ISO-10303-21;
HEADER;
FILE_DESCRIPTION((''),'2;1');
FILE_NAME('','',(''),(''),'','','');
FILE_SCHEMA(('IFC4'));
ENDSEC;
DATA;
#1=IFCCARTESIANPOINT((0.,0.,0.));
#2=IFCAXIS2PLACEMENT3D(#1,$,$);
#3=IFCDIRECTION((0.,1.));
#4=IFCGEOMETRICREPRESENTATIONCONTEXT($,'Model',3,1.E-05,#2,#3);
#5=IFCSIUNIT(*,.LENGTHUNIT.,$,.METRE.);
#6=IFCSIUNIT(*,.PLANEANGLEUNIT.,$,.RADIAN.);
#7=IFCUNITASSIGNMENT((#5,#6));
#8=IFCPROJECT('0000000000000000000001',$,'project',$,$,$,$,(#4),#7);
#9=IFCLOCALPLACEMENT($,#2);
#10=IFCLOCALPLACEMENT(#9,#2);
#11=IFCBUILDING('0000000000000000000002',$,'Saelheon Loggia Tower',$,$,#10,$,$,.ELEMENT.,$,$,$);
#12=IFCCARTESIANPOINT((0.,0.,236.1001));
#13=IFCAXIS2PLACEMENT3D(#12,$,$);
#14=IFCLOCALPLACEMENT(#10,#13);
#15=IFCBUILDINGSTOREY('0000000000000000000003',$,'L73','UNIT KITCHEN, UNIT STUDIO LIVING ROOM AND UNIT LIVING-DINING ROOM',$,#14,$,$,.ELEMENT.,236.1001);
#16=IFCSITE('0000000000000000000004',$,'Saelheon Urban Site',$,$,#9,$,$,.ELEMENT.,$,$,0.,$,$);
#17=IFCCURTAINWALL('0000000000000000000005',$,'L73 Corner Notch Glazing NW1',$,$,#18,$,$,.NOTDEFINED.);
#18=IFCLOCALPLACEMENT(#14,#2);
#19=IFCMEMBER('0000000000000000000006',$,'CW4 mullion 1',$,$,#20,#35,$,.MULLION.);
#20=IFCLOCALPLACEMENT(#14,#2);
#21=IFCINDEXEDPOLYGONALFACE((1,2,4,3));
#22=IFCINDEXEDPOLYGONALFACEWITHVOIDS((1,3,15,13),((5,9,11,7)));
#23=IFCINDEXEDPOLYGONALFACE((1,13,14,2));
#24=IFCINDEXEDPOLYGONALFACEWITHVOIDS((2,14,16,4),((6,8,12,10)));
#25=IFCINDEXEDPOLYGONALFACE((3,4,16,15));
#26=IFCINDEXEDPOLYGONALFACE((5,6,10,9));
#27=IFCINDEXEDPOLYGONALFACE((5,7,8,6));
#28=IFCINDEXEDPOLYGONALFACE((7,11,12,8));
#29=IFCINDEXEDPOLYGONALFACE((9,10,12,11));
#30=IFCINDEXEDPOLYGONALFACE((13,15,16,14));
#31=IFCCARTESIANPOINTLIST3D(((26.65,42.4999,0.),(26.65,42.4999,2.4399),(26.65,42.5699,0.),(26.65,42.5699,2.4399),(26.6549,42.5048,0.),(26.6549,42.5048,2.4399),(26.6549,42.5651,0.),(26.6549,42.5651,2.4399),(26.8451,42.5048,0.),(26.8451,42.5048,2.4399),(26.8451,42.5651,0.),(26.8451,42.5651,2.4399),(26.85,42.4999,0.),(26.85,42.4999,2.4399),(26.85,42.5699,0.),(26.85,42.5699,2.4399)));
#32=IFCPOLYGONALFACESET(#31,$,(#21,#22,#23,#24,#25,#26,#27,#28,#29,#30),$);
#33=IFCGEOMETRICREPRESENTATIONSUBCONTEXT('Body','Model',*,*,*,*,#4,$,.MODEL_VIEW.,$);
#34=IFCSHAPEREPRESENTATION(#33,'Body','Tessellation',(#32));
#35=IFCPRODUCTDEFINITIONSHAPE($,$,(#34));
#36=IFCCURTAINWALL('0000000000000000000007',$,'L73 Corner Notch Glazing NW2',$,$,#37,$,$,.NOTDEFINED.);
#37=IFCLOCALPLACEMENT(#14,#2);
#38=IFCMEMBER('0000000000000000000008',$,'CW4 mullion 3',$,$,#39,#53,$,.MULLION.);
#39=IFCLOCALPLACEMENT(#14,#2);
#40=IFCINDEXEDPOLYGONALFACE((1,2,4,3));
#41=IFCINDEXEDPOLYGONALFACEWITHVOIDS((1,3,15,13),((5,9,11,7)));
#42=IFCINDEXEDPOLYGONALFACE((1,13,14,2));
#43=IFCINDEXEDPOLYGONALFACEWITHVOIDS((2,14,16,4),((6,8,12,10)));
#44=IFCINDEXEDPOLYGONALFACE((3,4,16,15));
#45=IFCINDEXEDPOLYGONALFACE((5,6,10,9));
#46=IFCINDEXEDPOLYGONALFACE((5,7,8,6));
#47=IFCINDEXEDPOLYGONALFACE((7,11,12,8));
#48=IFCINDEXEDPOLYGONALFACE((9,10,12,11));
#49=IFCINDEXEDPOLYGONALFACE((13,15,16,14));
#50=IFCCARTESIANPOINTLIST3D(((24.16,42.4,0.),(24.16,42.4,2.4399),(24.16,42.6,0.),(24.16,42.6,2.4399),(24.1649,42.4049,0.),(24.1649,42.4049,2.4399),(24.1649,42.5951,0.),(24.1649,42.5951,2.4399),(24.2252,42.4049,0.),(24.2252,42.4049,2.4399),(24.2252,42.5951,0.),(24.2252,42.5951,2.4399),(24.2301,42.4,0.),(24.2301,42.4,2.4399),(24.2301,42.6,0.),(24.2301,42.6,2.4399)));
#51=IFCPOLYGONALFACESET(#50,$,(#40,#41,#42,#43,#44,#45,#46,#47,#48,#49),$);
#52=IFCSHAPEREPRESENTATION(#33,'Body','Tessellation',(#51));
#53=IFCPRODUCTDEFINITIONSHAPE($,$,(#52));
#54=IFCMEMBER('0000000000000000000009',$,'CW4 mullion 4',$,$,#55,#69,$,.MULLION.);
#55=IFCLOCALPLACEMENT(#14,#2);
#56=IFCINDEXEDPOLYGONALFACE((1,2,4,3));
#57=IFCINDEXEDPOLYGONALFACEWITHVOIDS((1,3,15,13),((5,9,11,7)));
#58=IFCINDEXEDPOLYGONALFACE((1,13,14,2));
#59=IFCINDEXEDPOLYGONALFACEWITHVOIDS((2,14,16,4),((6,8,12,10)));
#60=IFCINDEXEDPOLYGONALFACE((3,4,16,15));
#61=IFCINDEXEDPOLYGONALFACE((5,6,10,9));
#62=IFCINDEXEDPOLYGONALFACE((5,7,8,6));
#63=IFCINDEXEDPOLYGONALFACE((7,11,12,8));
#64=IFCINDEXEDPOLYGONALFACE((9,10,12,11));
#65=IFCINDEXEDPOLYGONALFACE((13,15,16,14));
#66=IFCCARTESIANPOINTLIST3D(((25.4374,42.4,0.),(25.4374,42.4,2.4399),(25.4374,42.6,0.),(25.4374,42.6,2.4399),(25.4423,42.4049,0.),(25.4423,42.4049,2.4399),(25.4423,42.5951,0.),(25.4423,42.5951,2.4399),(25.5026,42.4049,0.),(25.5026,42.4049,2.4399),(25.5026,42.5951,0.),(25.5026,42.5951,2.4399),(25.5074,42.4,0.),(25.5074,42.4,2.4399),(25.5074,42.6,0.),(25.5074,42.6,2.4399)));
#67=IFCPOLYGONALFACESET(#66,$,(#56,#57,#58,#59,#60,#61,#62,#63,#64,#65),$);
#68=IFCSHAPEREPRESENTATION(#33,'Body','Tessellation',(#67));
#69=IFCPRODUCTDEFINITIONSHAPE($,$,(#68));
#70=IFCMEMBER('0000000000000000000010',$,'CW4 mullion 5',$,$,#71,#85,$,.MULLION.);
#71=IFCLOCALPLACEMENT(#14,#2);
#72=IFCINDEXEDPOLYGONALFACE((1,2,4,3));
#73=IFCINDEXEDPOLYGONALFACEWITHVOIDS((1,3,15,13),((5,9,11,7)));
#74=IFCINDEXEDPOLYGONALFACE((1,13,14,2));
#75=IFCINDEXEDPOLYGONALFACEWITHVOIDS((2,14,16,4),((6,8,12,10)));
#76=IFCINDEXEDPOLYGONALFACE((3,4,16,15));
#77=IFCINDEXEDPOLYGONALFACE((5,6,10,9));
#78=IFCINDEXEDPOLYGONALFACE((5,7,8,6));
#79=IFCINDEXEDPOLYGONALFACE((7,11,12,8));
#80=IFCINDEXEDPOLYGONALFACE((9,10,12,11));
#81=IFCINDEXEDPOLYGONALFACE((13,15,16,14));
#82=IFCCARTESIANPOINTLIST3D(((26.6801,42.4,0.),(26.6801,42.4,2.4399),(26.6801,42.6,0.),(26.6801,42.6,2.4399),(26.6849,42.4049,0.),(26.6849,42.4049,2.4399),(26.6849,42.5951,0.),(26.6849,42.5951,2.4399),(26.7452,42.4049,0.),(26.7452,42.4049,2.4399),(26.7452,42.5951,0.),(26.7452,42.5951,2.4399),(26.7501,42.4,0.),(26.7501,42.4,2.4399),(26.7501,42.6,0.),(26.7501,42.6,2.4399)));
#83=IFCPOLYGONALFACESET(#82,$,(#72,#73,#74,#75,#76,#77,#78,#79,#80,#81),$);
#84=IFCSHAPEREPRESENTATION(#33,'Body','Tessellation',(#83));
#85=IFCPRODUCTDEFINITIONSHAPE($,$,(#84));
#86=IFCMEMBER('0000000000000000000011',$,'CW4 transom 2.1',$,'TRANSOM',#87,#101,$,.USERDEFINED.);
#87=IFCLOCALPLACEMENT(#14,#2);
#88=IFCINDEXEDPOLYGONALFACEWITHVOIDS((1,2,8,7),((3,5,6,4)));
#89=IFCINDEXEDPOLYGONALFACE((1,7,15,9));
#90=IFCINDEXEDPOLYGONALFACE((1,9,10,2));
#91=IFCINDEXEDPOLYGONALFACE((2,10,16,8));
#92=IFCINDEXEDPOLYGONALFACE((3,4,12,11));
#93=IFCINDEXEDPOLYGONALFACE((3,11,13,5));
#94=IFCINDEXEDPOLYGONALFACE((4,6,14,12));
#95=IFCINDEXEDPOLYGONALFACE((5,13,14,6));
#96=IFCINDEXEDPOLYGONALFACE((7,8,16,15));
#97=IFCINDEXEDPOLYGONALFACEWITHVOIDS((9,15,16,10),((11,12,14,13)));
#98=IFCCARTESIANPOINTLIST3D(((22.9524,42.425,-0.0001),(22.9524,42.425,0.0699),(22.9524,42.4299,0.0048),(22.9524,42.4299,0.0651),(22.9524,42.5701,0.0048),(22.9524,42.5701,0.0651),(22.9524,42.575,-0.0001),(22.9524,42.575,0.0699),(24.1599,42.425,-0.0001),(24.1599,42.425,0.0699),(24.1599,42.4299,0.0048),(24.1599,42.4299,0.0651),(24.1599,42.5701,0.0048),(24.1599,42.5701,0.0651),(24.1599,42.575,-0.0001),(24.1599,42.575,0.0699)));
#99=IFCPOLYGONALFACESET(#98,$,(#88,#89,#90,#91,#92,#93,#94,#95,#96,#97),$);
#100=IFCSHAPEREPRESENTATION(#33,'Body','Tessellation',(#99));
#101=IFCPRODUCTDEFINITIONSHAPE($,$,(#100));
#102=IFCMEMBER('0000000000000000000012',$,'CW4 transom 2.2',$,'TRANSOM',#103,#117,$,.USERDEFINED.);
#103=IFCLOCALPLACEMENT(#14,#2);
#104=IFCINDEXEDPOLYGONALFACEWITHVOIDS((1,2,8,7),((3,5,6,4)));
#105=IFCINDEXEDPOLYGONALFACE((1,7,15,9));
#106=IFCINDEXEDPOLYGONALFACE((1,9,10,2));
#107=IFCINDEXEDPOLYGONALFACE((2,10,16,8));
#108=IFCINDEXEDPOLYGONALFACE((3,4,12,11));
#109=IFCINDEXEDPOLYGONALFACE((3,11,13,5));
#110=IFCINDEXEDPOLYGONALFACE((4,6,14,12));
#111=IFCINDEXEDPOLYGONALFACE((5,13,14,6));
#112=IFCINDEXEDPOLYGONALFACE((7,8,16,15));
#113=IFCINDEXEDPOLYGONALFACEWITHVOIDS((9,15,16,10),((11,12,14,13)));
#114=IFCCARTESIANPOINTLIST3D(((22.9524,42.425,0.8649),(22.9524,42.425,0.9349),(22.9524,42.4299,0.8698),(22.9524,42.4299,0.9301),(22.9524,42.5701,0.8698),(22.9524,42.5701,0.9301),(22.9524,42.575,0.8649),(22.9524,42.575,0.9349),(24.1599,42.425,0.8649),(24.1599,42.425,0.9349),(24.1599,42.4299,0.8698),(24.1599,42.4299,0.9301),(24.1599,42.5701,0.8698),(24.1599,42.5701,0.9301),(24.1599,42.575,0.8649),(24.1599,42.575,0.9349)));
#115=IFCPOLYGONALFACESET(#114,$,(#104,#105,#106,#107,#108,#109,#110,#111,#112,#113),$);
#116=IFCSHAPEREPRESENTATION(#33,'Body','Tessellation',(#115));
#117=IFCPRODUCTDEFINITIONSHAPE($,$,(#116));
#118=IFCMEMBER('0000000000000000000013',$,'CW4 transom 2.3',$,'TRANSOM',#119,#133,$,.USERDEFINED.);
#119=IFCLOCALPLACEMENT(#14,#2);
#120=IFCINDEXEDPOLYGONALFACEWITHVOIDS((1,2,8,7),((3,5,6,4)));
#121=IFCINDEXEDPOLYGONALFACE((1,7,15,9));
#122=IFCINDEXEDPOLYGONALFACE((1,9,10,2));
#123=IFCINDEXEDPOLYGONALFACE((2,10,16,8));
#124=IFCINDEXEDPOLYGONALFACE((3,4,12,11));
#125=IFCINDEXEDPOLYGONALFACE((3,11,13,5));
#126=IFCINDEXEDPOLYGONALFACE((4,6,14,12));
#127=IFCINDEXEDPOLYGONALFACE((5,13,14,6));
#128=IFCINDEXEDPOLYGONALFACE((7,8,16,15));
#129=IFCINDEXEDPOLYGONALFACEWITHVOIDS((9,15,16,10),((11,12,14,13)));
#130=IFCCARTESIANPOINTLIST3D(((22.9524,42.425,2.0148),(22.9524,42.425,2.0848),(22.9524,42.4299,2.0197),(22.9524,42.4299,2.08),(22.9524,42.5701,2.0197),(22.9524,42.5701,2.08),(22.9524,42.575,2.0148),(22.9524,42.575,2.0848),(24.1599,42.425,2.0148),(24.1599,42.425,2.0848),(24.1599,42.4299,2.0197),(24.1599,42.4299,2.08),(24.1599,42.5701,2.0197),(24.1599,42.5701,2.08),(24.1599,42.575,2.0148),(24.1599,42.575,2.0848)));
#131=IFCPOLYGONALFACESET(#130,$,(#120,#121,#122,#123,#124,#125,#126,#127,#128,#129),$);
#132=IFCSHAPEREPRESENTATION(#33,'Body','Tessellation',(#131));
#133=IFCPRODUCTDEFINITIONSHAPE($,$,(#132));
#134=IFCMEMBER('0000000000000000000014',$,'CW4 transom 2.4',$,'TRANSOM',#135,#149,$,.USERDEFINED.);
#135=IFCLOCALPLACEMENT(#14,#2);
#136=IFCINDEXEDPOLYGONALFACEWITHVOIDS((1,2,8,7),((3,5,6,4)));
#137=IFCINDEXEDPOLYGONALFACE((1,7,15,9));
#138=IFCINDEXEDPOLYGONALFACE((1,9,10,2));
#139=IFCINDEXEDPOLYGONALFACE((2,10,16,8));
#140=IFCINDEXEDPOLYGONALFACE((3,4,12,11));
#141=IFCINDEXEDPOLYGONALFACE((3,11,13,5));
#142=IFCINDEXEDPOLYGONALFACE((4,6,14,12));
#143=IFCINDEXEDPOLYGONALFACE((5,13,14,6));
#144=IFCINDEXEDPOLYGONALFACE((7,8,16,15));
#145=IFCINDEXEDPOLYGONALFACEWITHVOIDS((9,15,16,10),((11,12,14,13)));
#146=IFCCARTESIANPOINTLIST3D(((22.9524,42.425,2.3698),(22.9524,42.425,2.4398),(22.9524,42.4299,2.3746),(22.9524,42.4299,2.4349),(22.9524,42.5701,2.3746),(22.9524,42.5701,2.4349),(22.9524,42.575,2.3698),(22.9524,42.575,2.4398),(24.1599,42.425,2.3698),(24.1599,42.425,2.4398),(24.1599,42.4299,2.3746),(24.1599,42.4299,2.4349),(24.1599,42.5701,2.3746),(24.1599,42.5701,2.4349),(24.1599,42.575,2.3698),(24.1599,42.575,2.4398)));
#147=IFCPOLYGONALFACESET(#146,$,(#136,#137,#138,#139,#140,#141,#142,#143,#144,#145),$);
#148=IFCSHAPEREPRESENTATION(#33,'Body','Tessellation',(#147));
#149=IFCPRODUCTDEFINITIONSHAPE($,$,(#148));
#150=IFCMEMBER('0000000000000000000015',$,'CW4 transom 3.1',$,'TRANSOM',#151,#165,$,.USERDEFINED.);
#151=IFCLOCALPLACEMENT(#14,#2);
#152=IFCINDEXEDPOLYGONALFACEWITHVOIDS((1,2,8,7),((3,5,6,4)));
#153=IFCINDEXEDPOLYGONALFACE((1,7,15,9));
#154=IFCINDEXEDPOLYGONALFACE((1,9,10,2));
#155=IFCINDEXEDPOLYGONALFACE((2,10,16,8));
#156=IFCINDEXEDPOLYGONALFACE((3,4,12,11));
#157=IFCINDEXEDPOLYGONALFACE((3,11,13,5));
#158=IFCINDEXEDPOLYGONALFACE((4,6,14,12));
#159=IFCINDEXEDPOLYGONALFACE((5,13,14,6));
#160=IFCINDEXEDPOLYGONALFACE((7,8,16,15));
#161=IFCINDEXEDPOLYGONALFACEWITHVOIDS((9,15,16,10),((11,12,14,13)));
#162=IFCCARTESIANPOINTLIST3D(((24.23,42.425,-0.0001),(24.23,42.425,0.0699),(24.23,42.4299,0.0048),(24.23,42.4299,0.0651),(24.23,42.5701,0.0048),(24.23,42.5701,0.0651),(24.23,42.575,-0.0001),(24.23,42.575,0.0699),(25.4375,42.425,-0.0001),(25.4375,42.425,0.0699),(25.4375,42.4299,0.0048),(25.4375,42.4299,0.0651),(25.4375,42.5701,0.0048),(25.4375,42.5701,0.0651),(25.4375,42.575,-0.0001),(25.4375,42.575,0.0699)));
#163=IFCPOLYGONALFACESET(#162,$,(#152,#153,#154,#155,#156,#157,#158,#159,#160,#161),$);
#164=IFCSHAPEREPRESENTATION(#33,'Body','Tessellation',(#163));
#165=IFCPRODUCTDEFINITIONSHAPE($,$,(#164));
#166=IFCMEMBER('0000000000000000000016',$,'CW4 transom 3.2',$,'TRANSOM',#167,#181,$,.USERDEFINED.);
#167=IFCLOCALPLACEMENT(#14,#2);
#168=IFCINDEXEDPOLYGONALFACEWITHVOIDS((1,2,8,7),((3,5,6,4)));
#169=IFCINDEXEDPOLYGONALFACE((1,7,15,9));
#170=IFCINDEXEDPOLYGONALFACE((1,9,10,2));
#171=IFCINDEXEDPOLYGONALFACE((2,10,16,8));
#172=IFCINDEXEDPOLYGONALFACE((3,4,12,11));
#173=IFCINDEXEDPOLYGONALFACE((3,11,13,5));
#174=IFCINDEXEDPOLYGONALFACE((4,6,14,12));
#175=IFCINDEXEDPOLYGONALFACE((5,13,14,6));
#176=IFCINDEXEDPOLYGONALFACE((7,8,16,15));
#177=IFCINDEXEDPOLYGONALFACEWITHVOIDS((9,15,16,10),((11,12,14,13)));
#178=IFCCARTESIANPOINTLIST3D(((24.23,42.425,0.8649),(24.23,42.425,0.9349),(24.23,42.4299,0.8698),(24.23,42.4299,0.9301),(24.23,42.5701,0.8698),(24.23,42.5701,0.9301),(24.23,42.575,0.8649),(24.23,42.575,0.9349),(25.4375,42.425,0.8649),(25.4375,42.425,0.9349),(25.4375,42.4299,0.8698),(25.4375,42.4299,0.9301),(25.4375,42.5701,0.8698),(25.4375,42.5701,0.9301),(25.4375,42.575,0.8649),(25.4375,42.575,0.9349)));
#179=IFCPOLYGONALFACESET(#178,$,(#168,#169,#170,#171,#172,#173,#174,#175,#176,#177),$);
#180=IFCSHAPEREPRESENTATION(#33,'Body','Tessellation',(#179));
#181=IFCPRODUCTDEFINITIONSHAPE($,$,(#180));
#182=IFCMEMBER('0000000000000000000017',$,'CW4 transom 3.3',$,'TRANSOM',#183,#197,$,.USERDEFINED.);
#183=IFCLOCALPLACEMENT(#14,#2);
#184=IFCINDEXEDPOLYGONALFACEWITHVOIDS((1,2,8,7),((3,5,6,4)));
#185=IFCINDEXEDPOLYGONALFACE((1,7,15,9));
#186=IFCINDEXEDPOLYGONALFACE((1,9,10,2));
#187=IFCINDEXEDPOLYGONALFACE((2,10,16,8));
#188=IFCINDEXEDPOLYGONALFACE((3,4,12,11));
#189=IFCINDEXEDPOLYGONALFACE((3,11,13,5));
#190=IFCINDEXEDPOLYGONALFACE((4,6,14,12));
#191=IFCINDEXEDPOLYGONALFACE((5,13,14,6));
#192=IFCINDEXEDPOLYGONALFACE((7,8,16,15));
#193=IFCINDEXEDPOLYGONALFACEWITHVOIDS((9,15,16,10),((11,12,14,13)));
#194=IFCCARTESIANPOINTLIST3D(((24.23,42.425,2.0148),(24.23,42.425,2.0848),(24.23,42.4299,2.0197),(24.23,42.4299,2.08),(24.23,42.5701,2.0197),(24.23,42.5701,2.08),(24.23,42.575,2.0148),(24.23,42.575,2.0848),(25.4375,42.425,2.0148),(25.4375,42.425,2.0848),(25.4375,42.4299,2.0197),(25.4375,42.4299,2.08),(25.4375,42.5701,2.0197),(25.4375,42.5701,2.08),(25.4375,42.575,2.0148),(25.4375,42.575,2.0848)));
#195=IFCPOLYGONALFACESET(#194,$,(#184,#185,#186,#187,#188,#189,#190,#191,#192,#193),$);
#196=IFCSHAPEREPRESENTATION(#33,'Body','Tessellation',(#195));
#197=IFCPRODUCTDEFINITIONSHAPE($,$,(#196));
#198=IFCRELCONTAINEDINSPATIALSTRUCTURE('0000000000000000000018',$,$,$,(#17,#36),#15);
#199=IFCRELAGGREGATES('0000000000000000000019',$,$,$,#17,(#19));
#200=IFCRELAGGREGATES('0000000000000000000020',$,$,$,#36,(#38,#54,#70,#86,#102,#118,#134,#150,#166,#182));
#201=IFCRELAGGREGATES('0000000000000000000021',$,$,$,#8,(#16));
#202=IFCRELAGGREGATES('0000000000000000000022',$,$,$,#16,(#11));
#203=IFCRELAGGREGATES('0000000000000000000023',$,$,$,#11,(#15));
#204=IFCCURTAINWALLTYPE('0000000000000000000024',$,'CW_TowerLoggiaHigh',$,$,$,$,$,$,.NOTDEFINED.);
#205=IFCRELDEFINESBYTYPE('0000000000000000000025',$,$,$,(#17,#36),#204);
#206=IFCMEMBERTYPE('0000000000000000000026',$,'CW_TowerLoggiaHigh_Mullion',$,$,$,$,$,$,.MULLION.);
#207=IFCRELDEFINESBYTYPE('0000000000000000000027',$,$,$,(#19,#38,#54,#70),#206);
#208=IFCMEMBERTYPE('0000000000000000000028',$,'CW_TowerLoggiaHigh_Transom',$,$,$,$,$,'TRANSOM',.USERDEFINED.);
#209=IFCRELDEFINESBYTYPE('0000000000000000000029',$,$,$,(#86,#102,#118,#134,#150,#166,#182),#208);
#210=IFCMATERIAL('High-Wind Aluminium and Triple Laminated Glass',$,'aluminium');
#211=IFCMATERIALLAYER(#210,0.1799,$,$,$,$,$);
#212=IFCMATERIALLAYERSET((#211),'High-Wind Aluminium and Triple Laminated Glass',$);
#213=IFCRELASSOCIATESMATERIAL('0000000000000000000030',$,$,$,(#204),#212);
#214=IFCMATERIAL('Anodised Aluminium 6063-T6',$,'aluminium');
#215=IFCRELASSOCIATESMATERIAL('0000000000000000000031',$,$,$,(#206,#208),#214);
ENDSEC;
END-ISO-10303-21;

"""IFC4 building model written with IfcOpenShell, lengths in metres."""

from ifc_helpers import new_model, si_unit, direction, frame, origin, origin_2d, place, context, subcontext, project, spatial, hollow_rectangle, extrude, source, transform, mapped, material, layer, layer_set, material_profile, profile_set, type_object, element, aggregate, save


model = new_model("IFC4")

# Units and contexts
model_context = context("Model", 3, precision=1e-05, world=origin(), true_north=direction((0.0, 1.0)))
body_context = subcontext(model_context, "Body", "Model", "MODEL_VIEW")
ifc_project = project(units=[si_unit("LENGTHUNIT", "METRE"), si_unit("PLANEANGLEUNIT", "RADIAN")], contexts=[model_context])

# Site, building, storey
site_placement = place(None, origin())
site = spatial("IfcSite", under=ifc_project, at=site_placement, Name="Saelheon Urban Site", CompositionType="ELEMENT", RefElevation=0.0)
building_placement = place(site_placement, origin())
building = spatial("IfcBuilding", under=site, at=building_placement, Name="Saelheon Loggia Tower", CompositionType="ELEMENT")
storey_placement = place(building_placement, frame((0.0, 0.0, 236.1001)))
storey = spatial("IfcBuildingStorey", under=building, at=storey_placement, Name="L73", Description="UNIT KITCHEN, UNIT STUDIO LIVING ROOM AND UNIT LIVING-DINING ROOM", CompositionType="ELEMENT", Elevation=236.1001)

# Curtain wall, member
ifc_material_1 = material(Name="High-Wind Aluminium and Triple Laminated Glass", Category="aluminium")
ifc_layer_1 = layer(ifc_material_1, 0.1799)
ifc_layer_set_1 = layer_set([ifc_layer_1], Name="High-Wind Aluminium and Triple Laminated Glass")
curtain_wall_type = type_object("IfcCurtainWallType", Name="CW_TowerLoggiaHigh", PredefinedType="NOTDEFINED", material=ifc_layer_set_1)
curtain_wall_1_placement = place(storey_placement, origin())
curtain_wall_1 = element("IfcCurtainWall", 1, at=curtain_wall_1_placement, inside=storey, type_object=curtain_wall_type, Name="L73 Corner Notch Glazing NW1", PredefinedType="NOTDEFINED")
ifc_material_2 = material(Name="Anodised Aluminium 6063-T6", Category="aluminium")
ifc_material_profile_1 = material_profile(ifc_material_2, hollow_rectangle(XDim=0.0701, YDim=0.2, WallThickness=0.0049, at=origin_2d()), Name="RHS-200x70x5")
ifc_profile_set_1 = profile_set([ifc_material_profile_1], Name="Anodised Aluminium 6063-T6")
member_type_1 = type_object("IfcMemberType", Name="CW_TowerLoggiaHigh_Mullion", PredefinedType="MULLION", material=ifc_profile_set_1)
shared_shape_1 = source(origin(), body_context, "Body", "SweptSolid", [
    extrude(hollow_rectangle(XDim=0.0701, YDim=0.2, WallThickness=0.0049, at=origin_2d()), origin(), (0.0, 0.0, 1.0), 2.4399),
])
member_1_placement = place(storey_placement, frame((26.75, 42.5349, 0.0), z_axis=(0.0, 0.0, 1.0), x_axis=(0.0, 1.0, 0.0)))
member_1 = element("IfcMember", 2, at=member_1_placement, type_object=member_type_1, Name="CW4 mullion 1", PredefinedType="MULLION", context=body_context, shape_type="MappedRepresentation", body=[
    mapped(shared_shape_1, transform((0.0, 0.0, 0.0), scale=1.0)),
])

# Curtain wall, members
curtain_wall_2_placement = place(storey_placement, origin())
curtain_wall_2 = element("IfcCurtainWall", 3, at=curtain_wall_2_placement, inside=storey, type_object=curtain_wall_type, Name="L73 Corner Notch Glazing NW2", PredefinedType="NOTDEFINED")
member_2_placement = place(storey_placement, frame((24.1951, 42.5, 0.0), z_axis=(0.0, 0.0, 1.0), x_axis=(1.0, 0.0, 0.0)))
member_2 = element("IfcMember", 4, at=member_2_placement, type_object=member_type_1, Name="CW4 mullion 3", PredefinedType="MULLION", context=body_context, shape_type="MappedRepresentation", body=[
    mapped(shared_shape_1, transform((0.0, 0.0, 0.0), scale=1.0)),
])
member_3_placement = place(storey_placement, frame((25.4724, 42.5, 0.0), z_axis=(0.0, 0.0, 1.0), x_axis=(1.0, 0.0, 0.0)))
member_3 = element("IfcMember", 5, at=member_3_placement, type_object=member_type_1, Name="CW4 mullion 4", PredefinedType="MULLION", context=body_context, shape_type="MappedRepresentation", body=[
    mapped(shared_shape_1, transform((0.0, 0.0, 0.0), scale=1.0)),
])
member_4_placement = place(storey_placement, frame((26.7151, 42.5, 0.0), z_axis=(0.0, 0.0, 1.0), x_axis=(1.0, 0.0, 0.0)))
member_4 = element("IfcMember", 6, at=member_4_placement, type_object=member_type_1, Name="CW4 mullion 5", PredefinedType="MULLION", context=body_context, shape_type="MappedRepresentation", body=[
    mapped(shared_shape_1, transform((0.0, 0.0, 0.0), scale=1.0)),
])
ifc_material_profile_2 = material_profile(ifc_material_2, hollow_rectangle(XDim=0.0701, YDim=0.1499, WallThickness=0.0049, at=origin_2d()), Name="RHS-150x70x5")
ifc_profile_set_2 = profile_set([ifc_material_profile_2], Name="Anodised Aluminium 6063-T6")
member_type_2 = type_object("IfcMemberType", Name="CW_TowerLoggiaHigh_Transom", ElementType="TRANSOM", PredefinedType="USERDEFINED", material=ifc_profile_set_2)
shared_shape_2 = source(origin(), body_context, "Body", "SweptSolid", [
    extrude(hollow_rectangle(XDim=0.0701, YDim=0.1499, WallThickness=0.0049, at=origin_2d()), origin(), (0.0, 0.0, 1.0), 1.2075),
])
member_5_placement = place(storey_placement, frame((22.9524, 42.5, 0.0349), z_axis=(1.0, 0.0, 0.0), x_axis=(0.0, 0.0, 1.0)))
member_5 = element("IfcMember", 7, at=member_5_placement, type_object=member_type_2, Name="CW4 transom 2.1", ObjectType="TRANSOM", PredefinedType="USERDEFINED", context=body_context, shape_type="MappedRepresentation", body=[
    mapped(shared_shape_2, transform((0.0, 0.0, 0.0), scale=1.0)),
])
member_6_placement = place(storey_placement, frame((22.9524, 42.5, 0.8999), z_axis=(1.0, 0.0, 0.0), x_axis=(0.0, 0.0, 1.0)))
member_6 = element("IfcMember", 8, at=member_6_placement, type_object=member_type_2, Name="CW4 transom 2.2", ObjectType="TRANSOM", PredefinedType="USERDEFINED", context=body_context, shape_type="MappedRepresentation", body=[
    mapped(shared_shape_2, transform((0.0, 0.0, 0.0), scale=1.0)),
])
member_7_placement = place(storey_placement, frame((22.9524, 42.5, 2.0498), z_axis=(1.0, 0.0, 0.0), x_axis=(0.0, 0.0, 1.0)))
member_7 = element("IfcMember", 9, at=member_7_placement, type_object=member_type_2, Name="CW4 transom 2.3", ObjectType="TRANSOM", PredefinedType="USERDEFINED", context=body_context, shape_type="MappedRepresentation", body=[
    mapped(shared_shape_2, transform((0.0, 0.0, 0.0), scale=1.0)),
])
member_8_placement = place(storey_placement, frame((22.9524, 42.5, 2.4048), z_axis=(1.0, 0.0, 0.0), x_axis=(0.0, 0.0, 1.0)))
member_8 = element("IfcMember", 10, at=member_8_placement, type_object=member_type_2, Name="CW4 transom 2.4", ObjectType="TRANSOM", PredefinedType="USERDEFINED", context=body_context, shape_type="MappedRepresentation", body=[
    mapped(shared_shape_2, transform((0.0, 0.0, 0.0), scale=1.0)),
])
member_9_placement = place(storey_placement, frame((24.23, 42.5, 0.0349), z_axis=(1.0, 0.0, 0.0), x_axis=(0.0, 0.0, 1.0)))
member_9 = element("IfcMember", 11, at=member_9_placement, type_object=member_type_2, Name="CW4 transom 3.1", ObjectType="TRANSOM", PredefinedType="USERDEFINED", context=body_context, shape_type="MappedRepresentation", body=[
    mapped(shared_shape_2, transform((0.0, 0.0, 0.0), scale=1.0)),
])
member_10_placement = place(storey_placement, frame((24.23, 42.5, 0.8999), z_axis=(1.0, 0.0, 0.0), x_axis=(0.0, 0.0, 1.0)))
member_10 = element("IfcMember", 12, at=member_10_placement, type_object=member_type_2, Name="CW4 transom 3.2", ObjectType="TRANSOM", PredefinedType="USERDEFINED", context=body_context, shape_type="MappedRepresentation", body=[
    mapped(shared_shape_2, transform((0.0, 0.0, 0.0), scale=1.0)),
])
member_11_placement = place(storey_placement, frame((24.23, 42.5, 2.0498), z_axis=(1.0, 0.0, 0.0), x_axis=(0.0, 0.0, 1.0)))
member_11 = element("IfcMember", 13, at=member_11_placement, type_object=member_type_2, Name="CW4 transom 3.3", ObjectType="TRANSOM", PredefinedType="USERDEFINED", context=body_context, shape_type="MappedRepresentation", body=[
    mapped(shared_shape_2, transform((0.0, 0.0, 0.0), scale=1.0)),
])

aggregate(curtain_wall_1, [member_1])
aggregate(curtain_wall_2, [member_2, member_3, member_4, member_5, member_6, member_7, member_8, member_9, member_10, member_11])

save(model, "model.ifc")
